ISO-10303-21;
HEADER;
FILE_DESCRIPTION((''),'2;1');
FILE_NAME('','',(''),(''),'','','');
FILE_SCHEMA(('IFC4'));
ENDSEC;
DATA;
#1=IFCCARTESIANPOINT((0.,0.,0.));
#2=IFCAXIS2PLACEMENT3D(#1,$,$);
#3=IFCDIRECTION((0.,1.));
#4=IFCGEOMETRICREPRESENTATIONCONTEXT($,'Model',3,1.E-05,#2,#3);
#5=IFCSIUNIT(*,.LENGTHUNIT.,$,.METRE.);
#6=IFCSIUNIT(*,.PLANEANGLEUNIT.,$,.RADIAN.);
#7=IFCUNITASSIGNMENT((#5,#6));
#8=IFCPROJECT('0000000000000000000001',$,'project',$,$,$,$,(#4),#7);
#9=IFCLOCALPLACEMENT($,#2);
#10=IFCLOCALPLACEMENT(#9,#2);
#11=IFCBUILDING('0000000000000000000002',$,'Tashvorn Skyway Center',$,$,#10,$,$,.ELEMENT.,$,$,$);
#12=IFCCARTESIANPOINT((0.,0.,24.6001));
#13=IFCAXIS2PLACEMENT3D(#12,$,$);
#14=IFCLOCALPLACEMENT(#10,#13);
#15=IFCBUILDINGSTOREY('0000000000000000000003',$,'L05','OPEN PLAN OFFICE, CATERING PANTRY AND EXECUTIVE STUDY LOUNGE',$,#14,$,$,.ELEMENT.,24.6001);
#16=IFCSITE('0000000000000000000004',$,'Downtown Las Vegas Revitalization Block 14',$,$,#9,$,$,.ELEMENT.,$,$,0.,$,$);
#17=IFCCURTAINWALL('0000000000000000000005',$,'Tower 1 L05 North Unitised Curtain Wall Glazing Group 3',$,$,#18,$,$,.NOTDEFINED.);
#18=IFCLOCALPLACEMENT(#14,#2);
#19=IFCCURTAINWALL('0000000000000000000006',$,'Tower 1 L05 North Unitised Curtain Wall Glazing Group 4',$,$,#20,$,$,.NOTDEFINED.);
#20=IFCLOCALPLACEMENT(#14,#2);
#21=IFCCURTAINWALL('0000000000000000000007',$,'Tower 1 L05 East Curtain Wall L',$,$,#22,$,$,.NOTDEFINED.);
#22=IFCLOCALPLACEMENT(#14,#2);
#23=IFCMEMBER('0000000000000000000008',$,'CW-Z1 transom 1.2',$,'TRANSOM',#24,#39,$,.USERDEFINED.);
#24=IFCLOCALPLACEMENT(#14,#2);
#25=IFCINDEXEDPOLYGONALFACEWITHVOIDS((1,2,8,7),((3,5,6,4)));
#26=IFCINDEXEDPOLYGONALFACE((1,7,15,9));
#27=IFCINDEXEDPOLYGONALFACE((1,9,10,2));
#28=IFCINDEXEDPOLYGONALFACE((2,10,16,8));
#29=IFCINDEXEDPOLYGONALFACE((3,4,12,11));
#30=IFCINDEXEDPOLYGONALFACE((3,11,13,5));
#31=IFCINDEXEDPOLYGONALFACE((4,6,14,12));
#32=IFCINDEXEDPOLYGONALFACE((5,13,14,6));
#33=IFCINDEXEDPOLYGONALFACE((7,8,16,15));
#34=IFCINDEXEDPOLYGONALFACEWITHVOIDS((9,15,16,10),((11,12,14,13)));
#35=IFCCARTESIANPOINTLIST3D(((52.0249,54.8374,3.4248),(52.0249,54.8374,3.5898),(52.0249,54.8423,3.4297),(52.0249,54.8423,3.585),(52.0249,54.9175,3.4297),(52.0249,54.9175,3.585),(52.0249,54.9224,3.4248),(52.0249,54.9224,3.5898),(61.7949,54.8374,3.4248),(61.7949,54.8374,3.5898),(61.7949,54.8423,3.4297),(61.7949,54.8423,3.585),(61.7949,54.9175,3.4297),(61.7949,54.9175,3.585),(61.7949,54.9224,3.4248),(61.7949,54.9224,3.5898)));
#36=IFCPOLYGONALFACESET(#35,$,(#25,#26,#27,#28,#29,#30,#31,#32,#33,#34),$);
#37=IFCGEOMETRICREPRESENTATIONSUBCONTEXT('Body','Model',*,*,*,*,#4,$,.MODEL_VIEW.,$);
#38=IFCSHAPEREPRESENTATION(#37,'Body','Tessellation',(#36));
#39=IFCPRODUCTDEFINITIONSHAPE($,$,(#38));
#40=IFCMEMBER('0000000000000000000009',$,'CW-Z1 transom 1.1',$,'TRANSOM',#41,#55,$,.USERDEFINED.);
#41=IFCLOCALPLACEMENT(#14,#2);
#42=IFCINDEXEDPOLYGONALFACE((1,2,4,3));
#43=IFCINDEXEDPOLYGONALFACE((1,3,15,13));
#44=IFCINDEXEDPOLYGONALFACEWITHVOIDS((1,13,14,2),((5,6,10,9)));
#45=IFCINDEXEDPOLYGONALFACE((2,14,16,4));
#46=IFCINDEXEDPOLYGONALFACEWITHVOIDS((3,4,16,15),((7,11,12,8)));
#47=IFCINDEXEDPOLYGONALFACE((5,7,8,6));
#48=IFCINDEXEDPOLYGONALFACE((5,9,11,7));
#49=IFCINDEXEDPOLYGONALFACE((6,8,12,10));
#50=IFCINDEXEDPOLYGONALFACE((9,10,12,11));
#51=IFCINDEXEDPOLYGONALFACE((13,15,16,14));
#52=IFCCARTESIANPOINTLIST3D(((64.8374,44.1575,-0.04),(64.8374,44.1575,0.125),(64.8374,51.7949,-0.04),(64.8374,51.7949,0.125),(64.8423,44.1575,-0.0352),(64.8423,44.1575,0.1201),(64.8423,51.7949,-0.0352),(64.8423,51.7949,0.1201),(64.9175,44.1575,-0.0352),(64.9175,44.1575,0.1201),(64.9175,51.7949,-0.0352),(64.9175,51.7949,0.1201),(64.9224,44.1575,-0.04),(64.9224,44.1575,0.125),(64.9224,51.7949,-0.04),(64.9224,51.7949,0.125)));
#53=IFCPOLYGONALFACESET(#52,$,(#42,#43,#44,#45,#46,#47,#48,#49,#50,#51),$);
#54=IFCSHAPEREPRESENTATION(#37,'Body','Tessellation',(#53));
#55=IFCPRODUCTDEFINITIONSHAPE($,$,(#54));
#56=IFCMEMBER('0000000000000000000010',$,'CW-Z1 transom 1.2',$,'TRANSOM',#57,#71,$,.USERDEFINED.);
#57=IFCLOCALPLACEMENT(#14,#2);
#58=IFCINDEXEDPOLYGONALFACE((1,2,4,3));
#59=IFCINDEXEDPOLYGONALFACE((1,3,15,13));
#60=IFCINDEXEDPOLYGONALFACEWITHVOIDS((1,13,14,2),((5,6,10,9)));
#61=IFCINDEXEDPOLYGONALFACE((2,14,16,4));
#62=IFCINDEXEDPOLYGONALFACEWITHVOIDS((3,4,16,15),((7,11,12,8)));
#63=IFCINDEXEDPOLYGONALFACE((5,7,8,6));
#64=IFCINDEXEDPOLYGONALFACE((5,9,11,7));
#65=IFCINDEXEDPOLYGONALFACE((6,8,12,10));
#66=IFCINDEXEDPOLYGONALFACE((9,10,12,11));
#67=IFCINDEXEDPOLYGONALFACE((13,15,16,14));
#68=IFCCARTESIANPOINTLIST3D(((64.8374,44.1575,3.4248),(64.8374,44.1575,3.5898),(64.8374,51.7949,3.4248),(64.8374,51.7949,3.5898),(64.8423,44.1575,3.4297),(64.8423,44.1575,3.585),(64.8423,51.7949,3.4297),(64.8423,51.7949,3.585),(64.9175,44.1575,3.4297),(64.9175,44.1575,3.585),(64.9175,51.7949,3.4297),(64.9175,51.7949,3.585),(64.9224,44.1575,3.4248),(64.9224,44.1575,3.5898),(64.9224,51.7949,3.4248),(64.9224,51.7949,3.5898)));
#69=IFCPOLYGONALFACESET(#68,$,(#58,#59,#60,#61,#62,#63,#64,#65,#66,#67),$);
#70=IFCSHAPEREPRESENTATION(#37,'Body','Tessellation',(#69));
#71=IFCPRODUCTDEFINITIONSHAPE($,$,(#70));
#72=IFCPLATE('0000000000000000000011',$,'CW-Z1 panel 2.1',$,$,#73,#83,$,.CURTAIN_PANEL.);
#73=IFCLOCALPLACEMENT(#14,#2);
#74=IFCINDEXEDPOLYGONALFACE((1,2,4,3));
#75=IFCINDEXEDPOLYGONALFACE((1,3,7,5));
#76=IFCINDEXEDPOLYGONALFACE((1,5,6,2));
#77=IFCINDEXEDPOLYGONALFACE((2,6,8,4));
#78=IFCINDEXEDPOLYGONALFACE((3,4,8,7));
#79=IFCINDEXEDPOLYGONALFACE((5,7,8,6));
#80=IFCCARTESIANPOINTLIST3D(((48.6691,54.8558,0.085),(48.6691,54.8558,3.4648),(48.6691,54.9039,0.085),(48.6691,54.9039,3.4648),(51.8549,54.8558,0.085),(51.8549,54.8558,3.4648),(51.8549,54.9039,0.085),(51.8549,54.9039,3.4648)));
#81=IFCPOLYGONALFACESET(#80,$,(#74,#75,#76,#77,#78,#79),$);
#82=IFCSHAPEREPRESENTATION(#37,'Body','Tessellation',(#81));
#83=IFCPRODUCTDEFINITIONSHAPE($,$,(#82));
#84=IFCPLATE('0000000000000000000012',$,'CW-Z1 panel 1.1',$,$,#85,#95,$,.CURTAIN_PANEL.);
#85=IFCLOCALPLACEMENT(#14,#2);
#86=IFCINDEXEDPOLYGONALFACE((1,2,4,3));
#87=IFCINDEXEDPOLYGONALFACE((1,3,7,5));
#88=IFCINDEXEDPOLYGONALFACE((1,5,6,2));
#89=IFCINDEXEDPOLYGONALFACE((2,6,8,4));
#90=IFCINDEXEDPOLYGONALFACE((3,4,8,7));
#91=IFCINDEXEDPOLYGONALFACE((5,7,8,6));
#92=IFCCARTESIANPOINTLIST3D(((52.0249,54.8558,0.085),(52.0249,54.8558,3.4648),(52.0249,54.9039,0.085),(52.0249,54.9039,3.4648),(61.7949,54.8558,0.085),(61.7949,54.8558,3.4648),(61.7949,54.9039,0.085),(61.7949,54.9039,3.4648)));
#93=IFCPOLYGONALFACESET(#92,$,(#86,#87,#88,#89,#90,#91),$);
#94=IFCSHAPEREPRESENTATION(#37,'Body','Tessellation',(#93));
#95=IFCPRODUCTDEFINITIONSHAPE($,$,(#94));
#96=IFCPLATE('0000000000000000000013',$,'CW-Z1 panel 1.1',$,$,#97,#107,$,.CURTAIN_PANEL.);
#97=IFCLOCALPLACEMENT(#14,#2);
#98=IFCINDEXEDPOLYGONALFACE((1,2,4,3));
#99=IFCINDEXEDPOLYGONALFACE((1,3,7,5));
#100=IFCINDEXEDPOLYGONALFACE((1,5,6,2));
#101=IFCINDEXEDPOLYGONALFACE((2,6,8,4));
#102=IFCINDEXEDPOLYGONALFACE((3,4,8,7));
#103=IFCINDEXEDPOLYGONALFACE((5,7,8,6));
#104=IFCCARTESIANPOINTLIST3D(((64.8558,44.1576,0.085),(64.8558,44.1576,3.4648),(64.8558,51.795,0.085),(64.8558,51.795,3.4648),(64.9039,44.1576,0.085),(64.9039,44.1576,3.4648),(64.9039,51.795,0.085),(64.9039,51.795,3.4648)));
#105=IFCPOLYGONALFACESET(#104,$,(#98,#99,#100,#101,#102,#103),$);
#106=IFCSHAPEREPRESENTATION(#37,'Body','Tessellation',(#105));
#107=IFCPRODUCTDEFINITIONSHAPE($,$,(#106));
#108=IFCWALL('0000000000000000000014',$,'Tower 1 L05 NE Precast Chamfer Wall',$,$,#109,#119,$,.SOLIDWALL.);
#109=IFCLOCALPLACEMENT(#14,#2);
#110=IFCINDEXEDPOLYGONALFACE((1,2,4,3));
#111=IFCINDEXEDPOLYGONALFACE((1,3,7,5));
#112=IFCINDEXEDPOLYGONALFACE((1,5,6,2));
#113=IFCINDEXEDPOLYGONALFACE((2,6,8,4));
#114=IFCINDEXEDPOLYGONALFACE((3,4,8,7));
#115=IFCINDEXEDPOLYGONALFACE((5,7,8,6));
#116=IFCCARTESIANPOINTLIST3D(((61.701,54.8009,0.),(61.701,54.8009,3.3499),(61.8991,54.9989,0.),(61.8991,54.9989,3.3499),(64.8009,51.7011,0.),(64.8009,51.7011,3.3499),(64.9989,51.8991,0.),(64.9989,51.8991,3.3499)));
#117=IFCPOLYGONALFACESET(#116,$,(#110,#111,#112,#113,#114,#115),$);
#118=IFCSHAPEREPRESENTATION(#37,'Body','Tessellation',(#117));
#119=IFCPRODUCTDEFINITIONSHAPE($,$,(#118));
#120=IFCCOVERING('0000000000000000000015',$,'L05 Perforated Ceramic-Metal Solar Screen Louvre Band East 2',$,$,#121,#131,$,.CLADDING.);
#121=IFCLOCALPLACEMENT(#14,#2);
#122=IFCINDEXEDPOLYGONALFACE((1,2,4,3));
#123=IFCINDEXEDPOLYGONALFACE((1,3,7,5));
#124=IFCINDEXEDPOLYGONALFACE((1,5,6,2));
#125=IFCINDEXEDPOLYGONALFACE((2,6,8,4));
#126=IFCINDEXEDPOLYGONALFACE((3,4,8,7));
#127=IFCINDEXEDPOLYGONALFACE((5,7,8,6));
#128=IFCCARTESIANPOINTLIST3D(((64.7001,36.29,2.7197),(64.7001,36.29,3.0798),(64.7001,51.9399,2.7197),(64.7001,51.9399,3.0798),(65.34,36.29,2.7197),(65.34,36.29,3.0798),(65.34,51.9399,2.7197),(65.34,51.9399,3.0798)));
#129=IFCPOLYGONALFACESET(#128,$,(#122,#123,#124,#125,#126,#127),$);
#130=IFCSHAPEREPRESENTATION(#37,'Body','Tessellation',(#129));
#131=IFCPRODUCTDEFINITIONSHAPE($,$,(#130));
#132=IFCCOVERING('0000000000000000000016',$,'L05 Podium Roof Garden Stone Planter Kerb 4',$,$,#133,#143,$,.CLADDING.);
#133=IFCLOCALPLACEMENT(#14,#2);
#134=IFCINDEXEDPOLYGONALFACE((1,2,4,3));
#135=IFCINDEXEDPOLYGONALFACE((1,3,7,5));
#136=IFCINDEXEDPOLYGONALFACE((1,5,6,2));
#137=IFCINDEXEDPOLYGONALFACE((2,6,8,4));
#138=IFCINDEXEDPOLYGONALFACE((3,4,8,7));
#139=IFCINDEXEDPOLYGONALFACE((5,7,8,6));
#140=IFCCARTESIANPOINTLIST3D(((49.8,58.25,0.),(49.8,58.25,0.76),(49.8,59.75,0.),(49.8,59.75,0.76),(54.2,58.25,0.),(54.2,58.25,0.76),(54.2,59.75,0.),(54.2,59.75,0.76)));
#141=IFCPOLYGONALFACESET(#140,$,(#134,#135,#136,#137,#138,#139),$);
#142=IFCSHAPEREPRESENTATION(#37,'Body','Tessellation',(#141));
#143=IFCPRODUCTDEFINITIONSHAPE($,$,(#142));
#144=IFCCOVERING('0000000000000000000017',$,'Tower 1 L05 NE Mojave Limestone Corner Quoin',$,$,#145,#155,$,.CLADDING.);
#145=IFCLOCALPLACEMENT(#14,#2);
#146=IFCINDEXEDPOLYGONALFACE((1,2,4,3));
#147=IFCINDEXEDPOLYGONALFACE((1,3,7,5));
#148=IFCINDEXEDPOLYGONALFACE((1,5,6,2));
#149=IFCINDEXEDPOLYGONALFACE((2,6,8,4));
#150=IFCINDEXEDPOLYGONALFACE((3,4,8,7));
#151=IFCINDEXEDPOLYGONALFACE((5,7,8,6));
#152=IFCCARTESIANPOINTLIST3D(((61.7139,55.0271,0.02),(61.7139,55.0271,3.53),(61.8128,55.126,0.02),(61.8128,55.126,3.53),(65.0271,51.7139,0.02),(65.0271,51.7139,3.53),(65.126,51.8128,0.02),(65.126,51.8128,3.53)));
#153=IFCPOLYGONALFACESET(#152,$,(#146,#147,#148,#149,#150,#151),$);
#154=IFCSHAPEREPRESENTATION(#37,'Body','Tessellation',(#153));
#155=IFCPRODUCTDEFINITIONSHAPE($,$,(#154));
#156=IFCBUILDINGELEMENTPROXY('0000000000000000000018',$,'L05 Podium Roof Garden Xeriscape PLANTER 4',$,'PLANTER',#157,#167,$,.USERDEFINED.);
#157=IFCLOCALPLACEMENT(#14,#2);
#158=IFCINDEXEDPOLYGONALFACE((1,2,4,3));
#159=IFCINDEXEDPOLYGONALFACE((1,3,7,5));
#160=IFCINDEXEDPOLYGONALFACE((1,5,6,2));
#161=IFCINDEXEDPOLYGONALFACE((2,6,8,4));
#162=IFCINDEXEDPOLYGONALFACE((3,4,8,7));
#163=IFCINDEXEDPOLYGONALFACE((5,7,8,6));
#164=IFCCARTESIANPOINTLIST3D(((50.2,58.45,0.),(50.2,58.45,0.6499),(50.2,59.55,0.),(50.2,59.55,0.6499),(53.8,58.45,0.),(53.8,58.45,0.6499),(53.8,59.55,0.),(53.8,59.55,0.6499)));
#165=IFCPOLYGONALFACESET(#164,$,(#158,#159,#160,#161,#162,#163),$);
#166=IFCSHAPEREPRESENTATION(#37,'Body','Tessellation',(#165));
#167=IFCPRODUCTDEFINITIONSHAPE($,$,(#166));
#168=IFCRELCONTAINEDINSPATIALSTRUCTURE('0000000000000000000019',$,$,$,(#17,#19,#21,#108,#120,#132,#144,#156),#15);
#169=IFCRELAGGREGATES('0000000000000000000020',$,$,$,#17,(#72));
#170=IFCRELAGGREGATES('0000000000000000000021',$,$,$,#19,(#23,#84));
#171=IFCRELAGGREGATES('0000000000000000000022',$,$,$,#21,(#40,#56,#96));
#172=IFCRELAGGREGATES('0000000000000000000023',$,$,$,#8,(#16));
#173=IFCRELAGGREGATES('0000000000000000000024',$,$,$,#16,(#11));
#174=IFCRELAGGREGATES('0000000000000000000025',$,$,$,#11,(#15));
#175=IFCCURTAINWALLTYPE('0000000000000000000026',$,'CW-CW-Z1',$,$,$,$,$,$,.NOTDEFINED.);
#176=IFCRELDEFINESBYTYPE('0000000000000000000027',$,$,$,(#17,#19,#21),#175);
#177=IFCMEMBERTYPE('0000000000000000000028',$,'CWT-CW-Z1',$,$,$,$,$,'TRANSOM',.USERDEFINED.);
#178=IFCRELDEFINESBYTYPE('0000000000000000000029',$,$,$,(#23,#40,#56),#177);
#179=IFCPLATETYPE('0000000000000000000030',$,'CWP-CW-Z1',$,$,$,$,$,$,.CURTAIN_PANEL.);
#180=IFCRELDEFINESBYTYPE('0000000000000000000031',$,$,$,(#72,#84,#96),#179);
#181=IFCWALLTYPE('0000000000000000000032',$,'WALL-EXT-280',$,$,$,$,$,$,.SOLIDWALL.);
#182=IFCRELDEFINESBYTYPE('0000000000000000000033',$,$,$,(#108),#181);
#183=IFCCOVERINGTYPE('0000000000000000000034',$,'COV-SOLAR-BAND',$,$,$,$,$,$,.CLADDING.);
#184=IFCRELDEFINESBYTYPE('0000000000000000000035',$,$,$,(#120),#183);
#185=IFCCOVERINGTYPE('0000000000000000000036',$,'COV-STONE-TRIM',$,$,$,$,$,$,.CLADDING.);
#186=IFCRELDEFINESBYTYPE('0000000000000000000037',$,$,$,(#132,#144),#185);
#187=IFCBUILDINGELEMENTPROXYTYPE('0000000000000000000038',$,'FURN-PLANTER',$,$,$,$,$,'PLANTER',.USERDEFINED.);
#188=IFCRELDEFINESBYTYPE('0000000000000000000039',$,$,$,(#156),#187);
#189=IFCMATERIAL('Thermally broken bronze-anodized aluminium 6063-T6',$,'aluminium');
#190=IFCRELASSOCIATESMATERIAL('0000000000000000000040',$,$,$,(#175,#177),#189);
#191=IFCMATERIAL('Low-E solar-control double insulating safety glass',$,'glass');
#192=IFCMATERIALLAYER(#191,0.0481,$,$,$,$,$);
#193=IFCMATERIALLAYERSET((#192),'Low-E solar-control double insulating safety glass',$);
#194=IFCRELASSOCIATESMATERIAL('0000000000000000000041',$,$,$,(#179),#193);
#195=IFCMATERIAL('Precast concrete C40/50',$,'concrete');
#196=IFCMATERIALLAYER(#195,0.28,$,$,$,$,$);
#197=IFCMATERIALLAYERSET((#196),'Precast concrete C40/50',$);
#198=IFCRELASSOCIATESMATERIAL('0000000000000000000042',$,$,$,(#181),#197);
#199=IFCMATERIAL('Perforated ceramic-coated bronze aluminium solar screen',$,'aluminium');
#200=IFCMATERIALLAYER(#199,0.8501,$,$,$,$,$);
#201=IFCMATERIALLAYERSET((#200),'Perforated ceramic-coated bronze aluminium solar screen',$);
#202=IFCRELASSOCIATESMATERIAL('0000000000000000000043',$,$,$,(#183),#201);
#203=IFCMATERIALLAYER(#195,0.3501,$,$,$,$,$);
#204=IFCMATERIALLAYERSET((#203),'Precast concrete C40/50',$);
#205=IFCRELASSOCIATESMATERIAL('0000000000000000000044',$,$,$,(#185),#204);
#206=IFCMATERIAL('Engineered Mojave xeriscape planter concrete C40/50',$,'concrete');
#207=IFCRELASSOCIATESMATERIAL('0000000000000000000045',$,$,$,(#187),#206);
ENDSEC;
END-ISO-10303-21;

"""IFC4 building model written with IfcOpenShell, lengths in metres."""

from ifc_helpers import new_model, si_unit, direction, frame, frame_2d, origin, origin_2d, place, context, subcontext, project, spatial, rectangle, hollow_rectangle, extrude, material, layer, layer_set, material_profile, profile_set, type_object, element, aggregate, save


model = new_model("IFC4")

# Units and contexts
model_context = context("Model", 3, precision=1e-05, world=origin(), true_north=direction((0.0, 1.0)))
body_context = subcontext(model_context, "Body", "Model", "MODEL_VIEW")
ifc_project = project(units=[si_unit("LENGTHUNIT", "METRE"), si_unit("PLANEANGLEUNIT", "RADIAN")], contexts=[model_context])

# Site, building, storey
site_placement = place(None, origin())
site = spatial("IfcSite", under=ifc_project, at=site_placement, Name="Downtown Las Vegas Revitalization Block 14", CompositionType="ELEMENT", RefElevation=0.0)
building_placement = place(site_placement, origin())
building = spatial("IfcBuilding", under=site, at=building_placement, Name="Tashvorn Skyway Center", CompositionType="ELEMENT")
storey_placement = place(building_placement, frame((0.0, 0.0, 24.6001)))
storey = spatial("IfcBuildingStorey", under=building, at=storey_placement, Name="L05", Description="OPEN PLAN OFFICE, CATERING PANTRY AND EXECUTIVE STUDY LOUNGE", CompositionType="ELEMENT", Elevation=24.6001)

# Curtain wall
ifc_material_1 = material(Name="Thermally broken bronze-anodized aluminium 6063-T6", Category="aluminium")
curtain_wall_type = type_object("IfcCurtainWallType", Name="CW-CW-Z1", PredefinedType="NOTDEFINED", material=ifc_material_1)
curtain_wall_1_placement = place(storey_placement, origin())
curtain_wall_1 = element("IfcCurtainWall", 1, at=curtain_wall_1_placement, inside=storey, type_object=curtain_wall_type, Name="Tower 1 L05 North Unitised Curtain Wall Glazing Group 3", PredefinedType="NOTDEFINED")

# Curtain wall
curtain_wall_2_placement = place(storey_placement, origin())
curtain_wall_2 = element("IfcCurtainWall", 2, at=curtain_wall_2_placement, inside=storey, type_object=curtain_wall_type, Name="Tower 1 L05 North Unitised Curtain Wall Glazing Group 4", PredefinedType="NOTDEFINED")

# Curtain wall
curtain_wall_3_placement = place(storey_placement, origin())
curtain_wall_3 = element("IfcCurtainWall", 3, at=curtain_wall_3_placement, inside=storey, type_object=curtain_wall_type, Name="Tower 1 L05 East Curtain Wall L", PredefinedType="NOTDEFINED")

# Members
ifc_material_profile_1 = material_profile(ifc_material_1, hollow_rectangle(XDim=0.085, YDim=0.165, WallThickness=0.0049, at=origin_2d()), Name="ALU-TRAN-85x165")
ifc_profile_set_1 = profile_set([ifc_material_profile_1], Name="Thermally broken bronze-anodized aluminium 6063-T6")
member_type_1 = type_object("IfcMemberType", Name="CWT-CW-Z1", ElementType="TRANSOM", PredefinedType="USERDEFINED", material=ifc_profile_set_1)
member_1_placement = place(storey_placement, frame((52.0249, 54.8799, 3.5073), z_axis=(1.0, 0.0, 0.0), x_axis=(0.0, 1.0, 0.0)))
member_1 = element("IfcMember", 4, at=member_1_placement, type_object=member_type_1, Name="CW-Z1 transom 1.2", ObjectType="TRANSOM", PredefinedType="USERDEFINED", context=body_context, shape_type="SweptSolid", body=[
    extrude(hollow_rectangle(XDim=0.085, YDim=0.165, WallThickness=0.0049, at=origin_2d()), origin(), (0.0, 0.0, 1.0), 9.77),
])
member_2_placement = place(storey_placement, frame((64.8799, 51.7949, 0.0425), z_axis=(0.0, -1.0, 0.0), x_axis=(1.0, 0.0, 0.0)))
member_2 = element("IfcMember", 5, at=member_2_placement, type_object=member_type_1, Name="CW-Z1 transom 1.1", ObjectType="TRANSOM", PredefinedType="USERDEFINED", context=body_context, shape_type="SweptSolid", body=[
    extrude(hollow_rectangle(XDim=0.085, YDim=0.165, WallThickness=0.0049, at=origin_2d()), origin(), (0.0, 0.0, 1.0), 7.6375),
])
member_3_placement = place(storey_placement, frame((64.8799, 51.7949, 3.5073), z_axis=(0.0, -1.0, 0.0), x_axis=(1.0, 0.0, 0.0)))
member_3 = element("IfcMember", 6, at=member_3_placement, type_object=member_type_1, Name="CW-Z1 transom 1.2", ObjectType="TRANSOM", PredefinedType="USERDEFINED", context=body_context, shape_type="SweptSolid", body=[
    extrude(hollow_rectangle(XDim=0.085, YDim=0.165, WallThickness=0.0049, at=origin_2d()), origin(), (0.0, 0.0, 1.0), 7.6375),
])

# Plates
ifc_material_2 = material(Name="Low-E solar-control double insulating safety glass", Category="glass")
ifc_layer_1 = layer(ifc_material_2, 0.0481)
ifc_layer_set_1 = layer_set([ifc_layer_1], Name="Low-E solar-control double insulating safety glass")
plate_type = type_object("IfcPlateType", Name="CWP-CW-Z1", PredefinedType="CURTAIN_PANEL", material=ifc_layer_set_1)
plate_1_placement = place(storey_placement, frame((50.262, 54.8799, 0.085), z_axis=(0.0, 0.0, 1.0), x_axis=(1.0, 0.0, 0.0)))
plate_1 = element("IfcPlate", 7, at=plate_1_placement, type_object=plate_type, Name="CW-Z1 panel 2.1", PredefinedType="CURTAIN_PANEL", context=body_context, shape_type="SweptSolid", body=[
    extrude(rectangle(XDim=3.1858, YDim=0.0481, at=origin_2d()), origin(), (0.0, 0.0, 1.0), 3.3799),
])
aggregate(curtain_wall_1, [plate_1])
plate_2_placement = place(storey_placement, frame((56.9099, 54.8799, 0.085), z_axis=(0.0, 0.0, 1.0), x_axis=(1.0, 0.0, 0.0)))
plate_2 = element("IfcPlate", 8, at=plate_2_placement, type_object=plate_type, Name="CW-Z1 panel 1.1", PredefinedType="CURTAIN_PANEL", context=body_context, shape_type="SweptSolid", body=[
    extrude(rectangle(XDim=9.77, YDim=0.0481, at=origin_2d()), origin(), (0.0, 0.0, 1.0), 3.3799),
])
aggregate(curtain_wall_2, [member_1, plate_2])
plate_3_placement = place(storey_placement, frame((64.8799, 47.9763, 0.085), z_axis=(0.0, 0.0, 1.0), x_axis=(0.0, -1.0, 0.0)))
plate_3 = element("IfcPlate", 9, at=plate_3_placement, type_object=plate_type, Name="CW-Z1 panel 1.1", PredefinedType="CURTAIN_PANEL", context=body_context, shape_type="SweptSolid", body=[
    extrude(rectangle(XDim=7.6375, YDim=0.0481, at=origin_2d()), origin(), (0.0, 0.0, 1.0), 3.3799),
])
aggregate(curtain_wall_3, [member_2, member_3, plate_3])

# Wall
ifc_material_3 = material(Name="Precast concrete C40/50", Category="concrete")
ifc_layer_2 = layer(ifc_material_3, 0.28)
ifc_layer_set_2 = layer_set([ifc_layer_2], Name="Precast concrete C40/50")
wall_type = type_object("IfcWallType", Name="WALL-EXT-280", PredefinedType="SOLIDWALL", material=ifc_layer_set_2)
wall_placement = place(storey_placement, frame((61.8, 54.8999, 0.0), z_axis=(0.0, 0.0, 1.0), x_axis=(0.707107, -0.707107, 0.0)))
element("IfcWall", 10, at=wall_placement, inside=storey, type_object=wall_type, Name="Tower 1 L05 NE Precast Chamfer Wall", PredefinedType="SOLIDWALL", context=body_context, shape_type="SweptSolid", body=[
    extrude(rectangle(XDim=4.3838, YDim=0.28, at=frame_2d((2.1919, 0.0))), origin(), (0.0, 0.0, 1.0), 3.3499),
])

# Coverings
ifc_material_4 = material(Name="Perforated ceramic-coated bronze aluminium solar screen", Category="aluminium")
ifc_layer_3 = layer(ifc_material_4, 0.8501)
ifc_layer_set_3 = layer_set([ifc_layer_3], Name="Perforated ceramic-coated bronze aluminium solar screen")
covering_type_1 = type_object("IfcCoveringType", Name="COV-SOLAR-BAND", PredefinedType="CLADDING", material=ifc_layer_set_3)
covering_1_placement = place(storey_placement, frame((65.02, 44.115, 2.7197), z_axis=(0.0, 0.0, 1.0), x_axis=(0.0, -1.0, 0.0)))
element("IfcCovering", 11, at=covering_1_placement, inside=storey, type_object=covering_type_1, Name="L05 Perforated Ceramic-Metal Solar Screen Louvre Band East 2", PredefinedType="CLADDING", context=body_context, shape_type="SweptSolid", body=[
    extrude(rectangle(XDim=15.6499, YDim=0.6399, at=origin_2d()), origin(), (0.0, 0.0, 1.0), 0.3601),
])
ifc_layer_4 = layer(ifc_material_3, 0.3501)
ifc_layer_set_4 = layer_set([ifc_layer_4], Name="Precast concrete C40/50")
covering_type_2 = type_object("IfcCoveringType", Name="COV-STONE-TRIM", PredefinedType="CLADDING", material=ifc_layer_set_4)
covering_2_placement = place(storey_placement, frame((52.0, 59.0, 0.0), z_axis=(0.0, 0.0, 1.0), x_axis=(1.0, 0.0, 0.0)))
element("IfcCovering", 12, at=covering_2_placement, inside=storey, type_object=covering_type_2, Name="L05 Podium Roof Garden Stone Planter Kerb 4", PredefinedType="CLADDING", context=body_context, shape_type="SweptSolid", body=[
    extrude(rectangle(XDim=4.3999, YDim=1.5, at=origin_2d()), origin(), (0.0, 0.0, 1.0), 0.76),
])
covering_3_placement = place(storey_placement, frame((63.4199, 53.4199, 0.02), z_axis=(0.0, 0.0, 1.0), x_axis=(0.707107, -0.707107, 0.0)))
element("IfcCovering", 13, at=covering_3_placement, inside=storey, type_object=covering_type_2, Name="Tower 1 L05 NE Mojave Limestone Corner Quoin", PredefinedType="CLADDING", context=body_context, shape_type="SweptSolid", body=[
    extrude(rectangle(XDim=4.6855, YDim=0.1399, at=origin_2d()), origin(), (0.0, 0.0, 1.0), 3.51),
])

# Building element proxy
ifc_material_5 = material(Name="Engineered Mojave xeriscape planter concrete C40/50", Category="concrete")
building_element_proxy_type = type_object("IfcBuildingElementProxyType", Name="FURN-PLANTER", ElementType="PLANTER", PredefinedType="USERDEFINED", material=ifc_material_5)
proxy_placement = place(storey_placement, frame((52.0, 59.0, 0.0), z_axis=(0.0, 0.0, 1.0), x_axis=(1.0, 0.0, 0.0)))
element("IfcBuildingElementProxy", 14, at=proxy_placement, inside=storey, type_object=building_element_proxy_type, Name="L05 Podium Roof Garden Xeriscape PLANTER 4", ObjectType="PLANTER", PredefinedType="USERDEFINED", context=body_context, shape_type="SweptSolid", body=[
    extrude(rectangle(XDim=3.6001, YDim=1.1001, at=origin_2d()), origin(), (0.0, 0.0, 1.0), 0.6499),
])

save(model, "model.ifc")
